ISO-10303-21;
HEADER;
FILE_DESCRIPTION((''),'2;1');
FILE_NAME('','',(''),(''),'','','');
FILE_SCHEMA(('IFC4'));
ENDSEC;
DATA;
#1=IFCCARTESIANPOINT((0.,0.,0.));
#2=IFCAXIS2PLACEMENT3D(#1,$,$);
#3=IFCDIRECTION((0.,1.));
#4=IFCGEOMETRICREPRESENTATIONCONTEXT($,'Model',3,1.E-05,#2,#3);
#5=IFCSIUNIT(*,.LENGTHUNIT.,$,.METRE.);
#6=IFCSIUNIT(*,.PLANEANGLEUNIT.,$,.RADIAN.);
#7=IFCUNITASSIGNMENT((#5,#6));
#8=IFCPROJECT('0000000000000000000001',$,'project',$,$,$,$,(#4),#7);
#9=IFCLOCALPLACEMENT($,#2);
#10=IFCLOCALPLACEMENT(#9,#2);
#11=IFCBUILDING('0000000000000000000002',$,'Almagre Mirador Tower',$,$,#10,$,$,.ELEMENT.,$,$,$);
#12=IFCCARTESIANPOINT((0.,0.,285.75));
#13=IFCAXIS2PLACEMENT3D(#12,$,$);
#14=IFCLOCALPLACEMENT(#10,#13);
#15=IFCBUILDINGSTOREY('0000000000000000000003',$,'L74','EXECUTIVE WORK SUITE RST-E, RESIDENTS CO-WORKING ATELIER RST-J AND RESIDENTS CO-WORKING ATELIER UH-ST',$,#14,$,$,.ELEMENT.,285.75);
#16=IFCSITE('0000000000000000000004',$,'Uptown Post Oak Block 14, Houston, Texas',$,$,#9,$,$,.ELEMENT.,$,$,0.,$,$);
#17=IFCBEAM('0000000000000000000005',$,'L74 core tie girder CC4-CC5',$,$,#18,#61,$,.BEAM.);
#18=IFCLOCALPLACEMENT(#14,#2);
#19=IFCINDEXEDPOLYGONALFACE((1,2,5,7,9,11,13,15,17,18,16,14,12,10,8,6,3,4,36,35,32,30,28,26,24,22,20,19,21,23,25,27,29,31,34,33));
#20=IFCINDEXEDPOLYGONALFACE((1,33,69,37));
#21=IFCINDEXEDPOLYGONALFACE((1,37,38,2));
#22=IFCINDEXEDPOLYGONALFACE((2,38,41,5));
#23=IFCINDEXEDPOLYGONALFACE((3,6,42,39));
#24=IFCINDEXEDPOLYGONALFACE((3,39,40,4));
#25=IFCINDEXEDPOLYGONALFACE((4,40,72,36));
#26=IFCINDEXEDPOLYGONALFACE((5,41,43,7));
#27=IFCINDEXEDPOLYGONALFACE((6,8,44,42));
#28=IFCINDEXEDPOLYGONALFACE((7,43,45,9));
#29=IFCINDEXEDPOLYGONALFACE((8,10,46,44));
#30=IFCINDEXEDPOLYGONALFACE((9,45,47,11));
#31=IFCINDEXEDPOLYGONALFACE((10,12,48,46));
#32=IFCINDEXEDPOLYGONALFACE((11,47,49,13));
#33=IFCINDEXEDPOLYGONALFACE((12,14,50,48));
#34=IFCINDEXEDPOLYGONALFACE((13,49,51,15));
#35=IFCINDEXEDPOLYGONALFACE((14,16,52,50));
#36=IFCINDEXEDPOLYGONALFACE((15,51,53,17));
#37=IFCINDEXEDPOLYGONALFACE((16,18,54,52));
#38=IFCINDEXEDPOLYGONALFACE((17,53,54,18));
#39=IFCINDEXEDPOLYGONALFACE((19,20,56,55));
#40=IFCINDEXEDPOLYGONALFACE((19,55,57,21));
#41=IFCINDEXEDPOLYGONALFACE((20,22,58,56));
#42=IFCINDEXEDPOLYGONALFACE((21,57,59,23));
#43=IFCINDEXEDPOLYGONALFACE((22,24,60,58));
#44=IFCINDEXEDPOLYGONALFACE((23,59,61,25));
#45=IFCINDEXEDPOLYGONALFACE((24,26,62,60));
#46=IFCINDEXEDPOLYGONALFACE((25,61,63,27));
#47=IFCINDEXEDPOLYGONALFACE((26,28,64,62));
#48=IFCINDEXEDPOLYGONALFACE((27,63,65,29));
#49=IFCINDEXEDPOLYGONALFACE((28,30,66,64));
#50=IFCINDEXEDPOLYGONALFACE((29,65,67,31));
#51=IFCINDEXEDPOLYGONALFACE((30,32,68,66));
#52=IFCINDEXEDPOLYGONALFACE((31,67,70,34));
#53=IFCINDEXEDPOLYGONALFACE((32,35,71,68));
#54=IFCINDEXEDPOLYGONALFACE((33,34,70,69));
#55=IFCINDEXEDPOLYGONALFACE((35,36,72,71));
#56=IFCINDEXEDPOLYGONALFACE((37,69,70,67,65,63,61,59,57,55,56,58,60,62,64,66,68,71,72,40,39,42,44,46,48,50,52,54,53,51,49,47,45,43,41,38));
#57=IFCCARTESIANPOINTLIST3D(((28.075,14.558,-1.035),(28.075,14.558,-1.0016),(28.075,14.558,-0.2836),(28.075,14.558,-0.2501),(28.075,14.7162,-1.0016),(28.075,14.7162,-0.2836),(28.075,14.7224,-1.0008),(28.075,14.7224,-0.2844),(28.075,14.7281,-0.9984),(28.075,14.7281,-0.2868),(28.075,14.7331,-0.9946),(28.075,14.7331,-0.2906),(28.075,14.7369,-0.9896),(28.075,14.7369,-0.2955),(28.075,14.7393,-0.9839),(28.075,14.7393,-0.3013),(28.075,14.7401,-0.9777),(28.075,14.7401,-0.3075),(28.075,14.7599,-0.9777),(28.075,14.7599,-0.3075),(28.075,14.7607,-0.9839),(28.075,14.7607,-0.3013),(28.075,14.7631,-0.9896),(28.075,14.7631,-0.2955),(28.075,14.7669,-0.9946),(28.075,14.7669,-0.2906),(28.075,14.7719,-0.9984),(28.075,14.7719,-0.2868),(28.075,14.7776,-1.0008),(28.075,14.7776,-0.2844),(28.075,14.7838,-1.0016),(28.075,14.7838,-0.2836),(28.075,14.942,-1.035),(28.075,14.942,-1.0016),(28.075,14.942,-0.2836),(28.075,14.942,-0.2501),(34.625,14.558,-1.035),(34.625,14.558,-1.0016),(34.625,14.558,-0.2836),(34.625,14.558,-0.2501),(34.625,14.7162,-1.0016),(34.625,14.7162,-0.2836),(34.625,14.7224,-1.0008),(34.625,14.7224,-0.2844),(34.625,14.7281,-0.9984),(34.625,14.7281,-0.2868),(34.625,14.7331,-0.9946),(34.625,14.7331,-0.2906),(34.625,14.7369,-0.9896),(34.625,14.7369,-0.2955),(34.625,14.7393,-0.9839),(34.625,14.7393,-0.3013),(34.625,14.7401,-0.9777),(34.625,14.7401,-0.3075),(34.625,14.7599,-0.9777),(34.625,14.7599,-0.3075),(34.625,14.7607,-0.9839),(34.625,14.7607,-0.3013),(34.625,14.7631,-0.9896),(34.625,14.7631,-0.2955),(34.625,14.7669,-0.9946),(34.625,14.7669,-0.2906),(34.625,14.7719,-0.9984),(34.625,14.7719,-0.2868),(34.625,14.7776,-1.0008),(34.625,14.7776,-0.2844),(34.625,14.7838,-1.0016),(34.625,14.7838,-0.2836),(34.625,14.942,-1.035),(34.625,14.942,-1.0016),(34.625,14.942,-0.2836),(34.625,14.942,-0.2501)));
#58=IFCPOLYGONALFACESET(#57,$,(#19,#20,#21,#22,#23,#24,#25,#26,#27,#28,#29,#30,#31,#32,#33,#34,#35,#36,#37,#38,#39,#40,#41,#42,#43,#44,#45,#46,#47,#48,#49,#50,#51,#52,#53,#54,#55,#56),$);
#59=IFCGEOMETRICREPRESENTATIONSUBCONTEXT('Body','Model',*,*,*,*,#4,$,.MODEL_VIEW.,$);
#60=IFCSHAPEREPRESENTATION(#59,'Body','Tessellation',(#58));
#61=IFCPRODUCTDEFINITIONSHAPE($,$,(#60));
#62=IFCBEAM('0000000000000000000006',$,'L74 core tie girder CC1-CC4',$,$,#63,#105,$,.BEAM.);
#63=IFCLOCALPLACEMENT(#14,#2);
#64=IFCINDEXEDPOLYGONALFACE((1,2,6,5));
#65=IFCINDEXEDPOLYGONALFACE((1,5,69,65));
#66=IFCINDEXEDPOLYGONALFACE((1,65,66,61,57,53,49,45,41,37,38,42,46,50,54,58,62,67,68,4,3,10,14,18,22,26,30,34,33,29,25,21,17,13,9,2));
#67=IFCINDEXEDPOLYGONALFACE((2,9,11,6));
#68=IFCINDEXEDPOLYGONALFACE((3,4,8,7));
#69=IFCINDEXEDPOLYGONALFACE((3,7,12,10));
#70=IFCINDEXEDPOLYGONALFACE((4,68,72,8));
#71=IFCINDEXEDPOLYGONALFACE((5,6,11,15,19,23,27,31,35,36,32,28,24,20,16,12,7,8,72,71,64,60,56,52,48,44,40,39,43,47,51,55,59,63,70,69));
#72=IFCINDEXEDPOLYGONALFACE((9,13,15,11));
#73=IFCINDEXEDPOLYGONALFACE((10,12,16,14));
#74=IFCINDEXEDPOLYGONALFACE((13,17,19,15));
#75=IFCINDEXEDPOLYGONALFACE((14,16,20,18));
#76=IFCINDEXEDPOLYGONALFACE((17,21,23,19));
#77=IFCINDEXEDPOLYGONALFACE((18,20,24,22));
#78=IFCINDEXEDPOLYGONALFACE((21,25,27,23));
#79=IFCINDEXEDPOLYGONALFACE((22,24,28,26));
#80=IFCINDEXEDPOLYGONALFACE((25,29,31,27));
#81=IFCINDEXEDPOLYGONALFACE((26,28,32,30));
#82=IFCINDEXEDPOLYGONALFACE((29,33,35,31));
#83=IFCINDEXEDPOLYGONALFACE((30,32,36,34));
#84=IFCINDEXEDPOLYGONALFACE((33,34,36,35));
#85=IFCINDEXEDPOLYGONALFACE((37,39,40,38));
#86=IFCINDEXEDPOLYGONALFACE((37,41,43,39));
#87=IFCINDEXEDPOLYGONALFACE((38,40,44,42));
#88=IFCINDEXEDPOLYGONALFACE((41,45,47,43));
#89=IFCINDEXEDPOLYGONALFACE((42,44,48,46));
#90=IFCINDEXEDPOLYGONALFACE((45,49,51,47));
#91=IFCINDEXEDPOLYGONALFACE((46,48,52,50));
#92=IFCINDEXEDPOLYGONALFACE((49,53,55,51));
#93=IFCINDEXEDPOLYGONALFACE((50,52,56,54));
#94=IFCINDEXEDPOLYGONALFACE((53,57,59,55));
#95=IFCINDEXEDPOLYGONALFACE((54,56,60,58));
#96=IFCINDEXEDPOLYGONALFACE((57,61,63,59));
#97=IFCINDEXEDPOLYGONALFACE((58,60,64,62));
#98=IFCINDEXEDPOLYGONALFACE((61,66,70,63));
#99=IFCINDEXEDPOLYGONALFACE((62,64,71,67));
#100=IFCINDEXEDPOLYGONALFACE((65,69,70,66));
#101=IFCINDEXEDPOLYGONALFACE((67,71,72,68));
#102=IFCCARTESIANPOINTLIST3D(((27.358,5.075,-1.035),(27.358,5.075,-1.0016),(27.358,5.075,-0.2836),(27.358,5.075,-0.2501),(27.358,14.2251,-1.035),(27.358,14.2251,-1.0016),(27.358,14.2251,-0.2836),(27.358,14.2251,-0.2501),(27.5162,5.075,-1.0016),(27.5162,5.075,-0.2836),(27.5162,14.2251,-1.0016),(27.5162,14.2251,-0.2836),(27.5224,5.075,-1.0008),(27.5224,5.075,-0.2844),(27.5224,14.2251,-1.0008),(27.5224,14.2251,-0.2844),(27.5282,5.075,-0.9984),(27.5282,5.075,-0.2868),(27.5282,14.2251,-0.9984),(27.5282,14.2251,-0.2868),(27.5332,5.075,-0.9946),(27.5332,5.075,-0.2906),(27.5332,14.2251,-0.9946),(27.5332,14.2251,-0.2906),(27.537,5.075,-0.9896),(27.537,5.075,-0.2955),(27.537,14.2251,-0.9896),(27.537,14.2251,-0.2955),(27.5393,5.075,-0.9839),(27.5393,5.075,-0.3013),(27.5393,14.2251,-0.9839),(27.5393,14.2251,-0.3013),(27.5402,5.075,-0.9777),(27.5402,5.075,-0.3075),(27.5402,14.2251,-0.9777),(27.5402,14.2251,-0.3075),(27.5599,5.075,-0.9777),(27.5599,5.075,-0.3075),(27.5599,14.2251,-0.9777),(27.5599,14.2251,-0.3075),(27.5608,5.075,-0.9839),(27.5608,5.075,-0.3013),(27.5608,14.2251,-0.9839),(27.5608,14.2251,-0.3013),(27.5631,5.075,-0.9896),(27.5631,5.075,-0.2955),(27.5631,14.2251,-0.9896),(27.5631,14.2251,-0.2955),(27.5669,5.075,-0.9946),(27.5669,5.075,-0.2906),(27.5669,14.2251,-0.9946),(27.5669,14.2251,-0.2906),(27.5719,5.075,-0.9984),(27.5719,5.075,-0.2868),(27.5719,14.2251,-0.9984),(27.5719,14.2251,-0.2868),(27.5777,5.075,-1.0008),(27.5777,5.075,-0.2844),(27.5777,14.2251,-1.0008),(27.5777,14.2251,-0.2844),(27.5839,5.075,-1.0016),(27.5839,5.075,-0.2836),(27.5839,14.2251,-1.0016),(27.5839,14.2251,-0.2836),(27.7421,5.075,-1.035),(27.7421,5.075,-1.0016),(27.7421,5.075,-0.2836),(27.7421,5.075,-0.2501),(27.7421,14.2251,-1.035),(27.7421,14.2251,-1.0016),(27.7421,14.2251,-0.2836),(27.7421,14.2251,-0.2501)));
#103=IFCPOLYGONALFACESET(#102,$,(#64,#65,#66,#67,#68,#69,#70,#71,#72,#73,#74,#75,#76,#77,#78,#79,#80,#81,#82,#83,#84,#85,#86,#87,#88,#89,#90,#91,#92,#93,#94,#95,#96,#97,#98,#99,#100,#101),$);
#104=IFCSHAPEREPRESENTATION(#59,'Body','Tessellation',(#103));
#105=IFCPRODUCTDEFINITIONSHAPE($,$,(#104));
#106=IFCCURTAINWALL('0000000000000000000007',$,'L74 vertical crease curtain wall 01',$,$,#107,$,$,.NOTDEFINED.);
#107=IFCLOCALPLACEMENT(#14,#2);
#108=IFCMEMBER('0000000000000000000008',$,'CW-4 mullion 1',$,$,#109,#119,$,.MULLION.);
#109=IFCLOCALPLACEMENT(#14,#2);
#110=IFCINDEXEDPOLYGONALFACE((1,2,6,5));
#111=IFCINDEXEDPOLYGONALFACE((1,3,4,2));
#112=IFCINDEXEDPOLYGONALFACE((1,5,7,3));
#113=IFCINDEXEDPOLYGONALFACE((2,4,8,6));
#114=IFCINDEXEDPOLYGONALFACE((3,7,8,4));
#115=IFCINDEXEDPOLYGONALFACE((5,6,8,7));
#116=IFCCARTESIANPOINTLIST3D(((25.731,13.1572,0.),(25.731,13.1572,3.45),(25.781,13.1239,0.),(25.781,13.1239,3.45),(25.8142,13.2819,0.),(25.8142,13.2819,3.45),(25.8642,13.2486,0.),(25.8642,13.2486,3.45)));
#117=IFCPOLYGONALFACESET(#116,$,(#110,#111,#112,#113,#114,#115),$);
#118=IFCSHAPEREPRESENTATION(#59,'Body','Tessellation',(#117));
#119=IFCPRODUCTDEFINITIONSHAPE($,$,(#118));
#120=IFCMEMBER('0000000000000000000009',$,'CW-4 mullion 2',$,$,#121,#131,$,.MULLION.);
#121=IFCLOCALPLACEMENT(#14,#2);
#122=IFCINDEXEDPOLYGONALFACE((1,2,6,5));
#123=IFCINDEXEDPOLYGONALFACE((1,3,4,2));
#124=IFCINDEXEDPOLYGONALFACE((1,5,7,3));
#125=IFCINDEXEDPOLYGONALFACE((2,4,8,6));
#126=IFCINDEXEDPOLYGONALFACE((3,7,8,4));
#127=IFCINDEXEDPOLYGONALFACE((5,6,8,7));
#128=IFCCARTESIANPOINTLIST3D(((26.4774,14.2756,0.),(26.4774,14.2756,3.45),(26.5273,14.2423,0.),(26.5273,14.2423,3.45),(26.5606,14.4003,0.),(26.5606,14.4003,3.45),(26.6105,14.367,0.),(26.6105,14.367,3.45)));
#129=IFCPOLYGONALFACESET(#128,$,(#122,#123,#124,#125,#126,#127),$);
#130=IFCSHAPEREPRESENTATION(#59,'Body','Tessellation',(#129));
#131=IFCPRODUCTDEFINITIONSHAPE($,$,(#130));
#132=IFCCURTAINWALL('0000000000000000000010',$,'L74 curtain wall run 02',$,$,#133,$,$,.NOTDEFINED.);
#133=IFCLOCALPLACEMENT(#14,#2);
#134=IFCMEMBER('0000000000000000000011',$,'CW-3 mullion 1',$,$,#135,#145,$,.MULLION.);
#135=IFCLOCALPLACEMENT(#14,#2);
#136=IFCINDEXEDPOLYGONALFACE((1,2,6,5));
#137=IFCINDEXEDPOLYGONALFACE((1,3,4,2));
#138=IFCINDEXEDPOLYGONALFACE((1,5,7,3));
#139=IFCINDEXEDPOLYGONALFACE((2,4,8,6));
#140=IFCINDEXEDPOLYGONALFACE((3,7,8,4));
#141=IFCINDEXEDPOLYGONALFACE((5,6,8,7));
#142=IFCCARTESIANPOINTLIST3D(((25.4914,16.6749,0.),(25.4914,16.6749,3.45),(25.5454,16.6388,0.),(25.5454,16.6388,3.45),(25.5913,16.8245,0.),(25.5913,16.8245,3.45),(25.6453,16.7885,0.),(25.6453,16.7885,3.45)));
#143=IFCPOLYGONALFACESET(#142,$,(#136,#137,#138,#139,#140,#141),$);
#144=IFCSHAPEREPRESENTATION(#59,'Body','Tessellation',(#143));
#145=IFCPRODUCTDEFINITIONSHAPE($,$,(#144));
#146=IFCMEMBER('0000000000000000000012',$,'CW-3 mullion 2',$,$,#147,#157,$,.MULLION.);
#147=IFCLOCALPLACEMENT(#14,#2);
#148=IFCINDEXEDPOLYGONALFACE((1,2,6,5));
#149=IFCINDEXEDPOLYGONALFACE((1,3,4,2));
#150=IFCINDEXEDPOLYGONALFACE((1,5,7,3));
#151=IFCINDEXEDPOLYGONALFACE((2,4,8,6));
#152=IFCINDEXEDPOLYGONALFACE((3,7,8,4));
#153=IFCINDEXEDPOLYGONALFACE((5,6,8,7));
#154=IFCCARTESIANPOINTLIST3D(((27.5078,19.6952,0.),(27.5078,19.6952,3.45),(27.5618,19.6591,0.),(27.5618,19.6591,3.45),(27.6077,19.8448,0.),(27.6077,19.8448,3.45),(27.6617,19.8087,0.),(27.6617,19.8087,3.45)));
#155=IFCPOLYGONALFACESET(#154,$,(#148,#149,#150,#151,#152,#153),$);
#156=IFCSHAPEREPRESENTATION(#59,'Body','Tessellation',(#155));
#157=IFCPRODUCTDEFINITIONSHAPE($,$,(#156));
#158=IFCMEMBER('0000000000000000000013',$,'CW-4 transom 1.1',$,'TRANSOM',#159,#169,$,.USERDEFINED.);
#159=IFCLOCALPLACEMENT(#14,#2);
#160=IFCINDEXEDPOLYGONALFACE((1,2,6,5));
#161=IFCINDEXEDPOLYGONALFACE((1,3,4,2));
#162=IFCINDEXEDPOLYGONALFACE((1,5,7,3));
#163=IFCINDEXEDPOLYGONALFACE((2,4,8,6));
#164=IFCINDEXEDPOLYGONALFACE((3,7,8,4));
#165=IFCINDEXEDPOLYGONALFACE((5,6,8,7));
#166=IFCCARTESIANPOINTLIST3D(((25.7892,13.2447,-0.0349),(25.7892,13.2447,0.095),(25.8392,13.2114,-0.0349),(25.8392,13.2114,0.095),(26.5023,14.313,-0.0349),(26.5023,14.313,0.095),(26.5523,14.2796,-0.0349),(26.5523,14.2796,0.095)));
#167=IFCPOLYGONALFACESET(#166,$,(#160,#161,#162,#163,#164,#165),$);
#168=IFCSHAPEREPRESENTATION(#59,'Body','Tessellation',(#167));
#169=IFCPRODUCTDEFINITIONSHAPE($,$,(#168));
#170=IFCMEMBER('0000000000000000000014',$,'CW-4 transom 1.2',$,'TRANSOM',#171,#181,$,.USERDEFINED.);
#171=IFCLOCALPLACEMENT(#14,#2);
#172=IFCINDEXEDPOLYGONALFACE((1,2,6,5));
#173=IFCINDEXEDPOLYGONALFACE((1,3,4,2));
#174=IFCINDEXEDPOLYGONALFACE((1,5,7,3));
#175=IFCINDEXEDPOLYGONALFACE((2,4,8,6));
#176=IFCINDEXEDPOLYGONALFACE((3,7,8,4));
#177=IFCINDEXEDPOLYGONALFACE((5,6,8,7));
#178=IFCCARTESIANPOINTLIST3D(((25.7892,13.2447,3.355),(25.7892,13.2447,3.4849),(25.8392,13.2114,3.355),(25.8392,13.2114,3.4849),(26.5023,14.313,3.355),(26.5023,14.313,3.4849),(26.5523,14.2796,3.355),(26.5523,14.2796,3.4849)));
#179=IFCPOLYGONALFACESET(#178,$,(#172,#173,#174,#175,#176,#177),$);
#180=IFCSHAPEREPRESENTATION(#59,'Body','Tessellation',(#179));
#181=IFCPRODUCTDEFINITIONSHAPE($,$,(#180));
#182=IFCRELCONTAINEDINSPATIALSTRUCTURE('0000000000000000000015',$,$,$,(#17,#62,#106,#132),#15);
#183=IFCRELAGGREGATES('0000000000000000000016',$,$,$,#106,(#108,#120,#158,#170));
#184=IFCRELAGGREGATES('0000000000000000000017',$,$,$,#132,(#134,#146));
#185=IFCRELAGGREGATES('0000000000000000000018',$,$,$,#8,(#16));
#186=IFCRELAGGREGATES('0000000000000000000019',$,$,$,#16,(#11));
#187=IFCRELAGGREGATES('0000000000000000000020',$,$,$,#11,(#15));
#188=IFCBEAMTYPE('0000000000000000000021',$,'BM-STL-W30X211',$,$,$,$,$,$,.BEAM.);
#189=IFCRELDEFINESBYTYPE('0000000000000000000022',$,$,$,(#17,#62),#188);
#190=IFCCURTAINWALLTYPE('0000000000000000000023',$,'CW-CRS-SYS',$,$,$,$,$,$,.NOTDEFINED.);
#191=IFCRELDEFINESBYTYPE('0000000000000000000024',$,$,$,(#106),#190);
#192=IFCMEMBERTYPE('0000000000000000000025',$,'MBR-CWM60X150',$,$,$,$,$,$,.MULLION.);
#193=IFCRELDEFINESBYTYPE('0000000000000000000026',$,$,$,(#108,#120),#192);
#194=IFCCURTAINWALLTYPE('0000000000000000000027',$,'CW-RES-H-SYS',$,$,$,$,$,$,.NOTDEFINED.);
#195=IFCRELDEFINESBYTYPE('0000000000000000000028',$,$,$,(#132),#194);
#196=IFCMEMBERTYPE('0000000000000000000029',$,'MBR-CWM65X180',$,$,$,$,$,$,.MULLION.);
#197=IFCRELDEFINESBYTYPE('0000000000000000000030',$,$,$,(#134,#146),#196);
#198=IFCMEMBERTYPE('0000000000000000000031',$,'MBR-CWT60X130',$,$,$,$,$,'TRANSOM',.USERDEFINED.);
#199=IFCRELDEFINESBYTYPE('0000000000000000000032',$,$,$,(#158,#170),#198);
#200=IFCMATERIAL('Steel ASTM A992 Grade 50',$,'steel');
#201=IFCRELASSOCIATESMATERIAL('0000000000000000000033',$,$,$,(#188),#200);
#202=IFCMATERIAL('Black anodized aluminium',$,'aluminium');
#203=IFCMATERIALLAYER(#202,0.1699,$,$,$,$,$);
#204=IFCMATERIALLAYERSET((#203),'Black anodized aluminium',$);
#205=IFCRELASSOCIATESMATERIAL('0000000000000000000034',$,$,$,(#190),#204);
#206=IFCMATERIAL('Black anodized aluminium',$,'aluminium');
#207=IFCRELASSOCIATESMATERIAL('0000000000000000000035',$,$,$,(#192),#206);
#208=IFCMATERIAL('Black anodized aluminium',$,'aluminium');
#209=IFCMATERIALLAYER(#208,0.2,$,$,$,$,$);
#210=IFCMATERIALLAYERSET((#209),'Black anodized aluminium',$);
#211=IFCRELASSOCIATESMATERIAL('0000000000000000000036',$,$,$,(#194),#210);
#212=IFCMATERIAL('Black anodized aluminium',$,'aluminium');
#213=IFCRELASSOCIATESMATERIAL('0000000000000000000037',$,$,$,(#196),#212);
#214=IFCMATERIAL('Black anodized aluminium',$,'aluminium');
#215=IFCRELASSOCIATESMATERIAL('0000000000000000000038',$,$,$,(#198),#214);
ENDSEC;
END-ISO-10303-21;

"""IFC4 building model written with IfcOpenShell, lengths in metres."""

from ifc_helpers import new_model, si_unit, direction, frame, origin, origin_2d, place, context, subcontext, project, spatial, rectangle, i_section, extrude, material, layer, layer_set, material_profile, profile_set, type_object, element, aggregate, save


model = new_model("IFC4")

# Units and contexts
model_context = context("Model", 3, precision=1e-05, world=origin(), true_north=direction((0.0, 1.0)))
body_context = subcontext(model_context, "Body", "Model", "MODEL_VIEW")
ifc_project = project(units=[si_unit("LENGTHUNIT", "METRE"), si_unit("PLANEANGLEUNIT", "RADIAN")], contexts=[model_context])

# Site, building, storey
site_placement = place(None, origin())
site = spatial("IfcSite", under=ifc_project, at=site_placement, Name="Uptown Post Oak Block 14, Houston, Texas", CompositionType="ELEMENT", RefElevation=0.0)
building_placement = place(site_placement, origin())
building = spatial("IfcBuilding", under=site, at=building_placement, Name="Almagre Mirador Tower", CompositionType="ELEMENT")
storey_placement = place(building_placement, frame((0.0, 0.0, 285.75)))
storey = spatial("IfcBuildingStorey", under=building, at=storey_placement, Name="L74", Description="EXECUTIVE WORK SUITE RST-E, RESIDENTS CO-WORKING ATELIER RST-J AND RESIDENTS CO-WORKING ATELIER UH-ST", CompositionType="ELEMENT", Elevation=285.75)

# Beams
ifc_material_1 = material(Name="Steel ASTM A992 Grade 50", Category="steel")
ifc_material_profile_1 = material_profile(ifc_material_1, i_section(OverallWidth=0.384, OverallDepth=0.7849, WebThickness=0.0198, FlangeThickness=0.0334, FilletRadius=0.0239, at=origin_2d()), Name="W30X211")
ifc_profile_set_1 = profile_set([ifc_material_profile_1], Name="Steel ASTM A992 Grade 50")
beam_type_1 = type_object("IfcBeamType", Name="BM-STL-W30X211", PredefinedType="BEAM", material=ifc_profile_set_1)
for number, where, z_axis, x_axis, name in (
    (1, (28.075, 14.75, -0.6426), (1.0, 0.0, 0.0), (0.0, 1.0, 0.0), "L74 core tie girder CC4-CC5"),
):
    element("IfcBeam", number, at=place(storey_placement, frame(where, z_axis=z_axis, x_axis=x_axis)), inside=storey, type_object=beam_type_1, Name=name, PredefinedType="BEAM", context=body_context, shape_type="SweptSolid", body=[
        extrude(i_section(OverallWidth=0.384, OverallDepth=0.7849, WebThickness=0.0198, FlangeThickness=0.0334, FilletRadius=0.0239, at=origin_2d()), origin(), (0.0, 0.0, 1.0), 6.55),
    ])
beam_1_placement = place(storey_placement, frame((27.55, 5.075, -0.6426), z_axis=(0.0, 1.0, 0.0), x_axis=(-1.0, 0.0, 0.0)))
element("IfcBeam", 2, at=beam_1_placement, inside=storey, type_object=beam_type_1, Name="L74 core tie girder CC1-CC4", PredefinedType="BEAM", context=body_context, shape_type="SweptSolid", body=[
    extrude(i_section(OverallWidth=0.384, OverallDepth=0.7849, WebThickness=0.0198, FlangeThickness=0.0334, FilletRadius=0.0239, at=origin_2d()), origin(), (0.0, 0.0, 1.0), 9.1501),
])

# Curtain walls, members
ifc_material_2 = material(Name="Black anodized aluminium", Category="aluminium")
ifc_layer_1 = layer(ifc_material_2, 0.1699)
ifc_layer_set_1 = layer_set([ifc_layer_1], Name="Black anodized aluminium")
curtain_wall_type_1 = type_object("IfcCurtainWallType", Name="CW-CRS-SYS", PredefinedType="NOTDEFINED", material=ifc_layer_set_1)
curtain_wall_1_placement = place(storey_placement, origin())
curtain_wall_1 = element("IfcCurtainWall", 3, at=curtain_wall_1_placement, inside=storey, type_object=curtain_wall_type_1, Name="L74 vertical crease curtain wall 01", PredefinedType="NOTDEFINED")
ifc_material_3 = material(Name="Black anodized aluminium", Category="aluminium")
ifc_material_profile_2 = material_profile(ifc_material_3, rectangle(XDim=0.0601, YDim=0.1499, at=origin_2d()), Name="CWM60X150")
ifc_profile_set_2 = profile_set([ifc_material_profile_2], Name="Black anodized aluminium")
member_type_1 = type_object("IfcMemberType", Name="MBR-CWM60X150", PredefinedType="MULLION", material=ifc_profile_set_2)
member_1_placement = place(storey_placement, frame((25.7976, 13.2029, 0.0), z_axis=(0.0, 0.0, 1.0), x_axis=(-0.831776, 0.555111, 0.0)))
member_1 = element("IfcMember", 4, at=member_1_placement, type_object=member_type_1, Name="CW-4 mullion 1", PredefinedType="MULLION", context=body_context, shape_type="SweptSolid", body=[
    extrude(rectangle(XDim=0.0601, YDim=0.1499, at=origin_2d()), origin(), (0.0, 0.0, 1.0), 3.45),
])
member_2_placement = place(storey_placement, frame((26.5439, 14.3213, 0.0), z_axis=(0.0, 0.0, 1.0), x_axis=(-0.831776, 0.555111, 0.0)))
member_2 = element("IfcMember", 5, at=member_2_placement, type_object=member_type_1, Name="CW-4 mullion 2", PredefinedType="MULLION", context=body_context, shape_type="SweptSolid", body=[
    extrude(rectangle(XDim=0.0601, YDim=0.1499, at=origin_2d()), origin(), (0.0, 0.0, 1.0), 3.45),
])
ifc_material_4 = material(Name="Black anodized aluminium", Category="aluminium")
ifc_layer_2 = layer(ifc_material_4, 0.2)
ifc_layer_set_2 = layer_set([ifc_layer_2], Name="Black anodized aluminium")
curtain_wall_type_2 = type_object("IfcCurtainWallType", Name="CW-RES-H-SYS", PredefinedType="NOTDEFINED", material=ifc_layer_set_2)
curtain_wall_2_placement = place(storey_placement, origin())
curtain_wall_2 = element("IfcCurtainWall", 6, at=curtain_wall_2_placement, inside=storey, type_object=curtain_wall_type_2, Name="L74 curtain wall run 02", PredefinedType="NOTDEFINED")
ifc_material_5 = material(Name="Black anodized aluminium", Category="aluminium")
ifc_material_profile_3 = material_profile(ifc_material_5, rectangle(XDim=0.0649, YDim=0.1799, at=origin_2d()), Name="CWM65X180")
ifc_profile_set_3 = profile_set([ifc_material_profile_3], Name="Black anodized aluminium")
member_type_2 = type_object("IfcMemberType", Name="MBR-CWM65X180", PredefinedType="MULLION", material=ifc_profile_set_3)
member_3_placement = place(storey_placement, frame((25.5684, 16.7317, 0.0), z_axis=(0.0, 0.0, 1.0), x_axis=(-0.831702, 0.555223, 0.0)))
member_3 = element("IfcMember", 7, at=member_3_placement, type_object=member_type_2, Name="CW-3 mullion 1", PredefinedType="MULLION", context=body_context, shape_type="SweptSolid", body=[
    extrude(rectangle(XDim=0.0649, YDim=0.1799, at=origin_2d()), origin(), (0.0, 0.0, 1.0), 3.45),
])
member_4_placement = place(storey_placement, frame((27.5847, 19.752, 0.0), z_axis=(0.0, 0.0, 1.0), x_axis=(-0.831702, 0.555223, 0.0)))
member_4 = element("IfcMember", 8, at=member_4_placement, type_object=member_type_2, Name="CW-3 mullion 2", PredefinedType="MULLION", context=body_context, shape_type="SweptSolid", body=[
    extrude(rectangle(XDim=0.0649, YDim=0.1799, at=origin_2d()), origin(), (0.0, 0.0, 1.0), 3.45),
])

# Members
ifc_material_6 = material(Name="Black anodized aluminium", Category="aluminium")
ifc_material_profile_4 = material_profile(ifc_material_6, rectangle(XDim=0.0601, YDim=0.1299, at=origin_2d()), Name="CWT60X130")
ifc_profile_set_4 = profile_set([ifc_material_profile_4], Name="Black anodized aluminium")
member_type_3 = type_object("IfcMemberType", Name="MBR-CWT60X130", ElementType="TRANSOM", PredefinedType="USERDEFINED", material=ifc_profile_set_4)
member_5_placement = place(storey_placement, frame((25.8142, 13.228, 0.03), z_axis=(0.555183, 0.831729, 0.0), x_axis=(-0.831729, 0.555183, 0.0)))
member_5 = element("IfcMember", 9, at=member_5_placement, type_object=member_type_3, Name="CW-4 transom 1.1", ObjectType="TRANSOM", PredefinedType="USERDEFINED", context=body_context, shape_type="SweptSolid", body=[
    extrude(rectangle(XDim=0.0601, YDim=0.1299, at=origin_2d()), origin(), (0.0, 0.0, 1.0), 1.2844),
])
member_6_placement = place(storey_placement, frame((25.8142, 13.228, 3.4199), z_axis=(0.555183, 0.831729, 0.0), x_axis=(-0.831729, 0.555183, 0.0)))
member_6 = element("IfcMember", 10, at=member_6_placement, type_object=member_type_3, Name="CW-4 transom 1.2", ObjectType="TRANSOM", PredefinedType="USERDEFINED", context=body_context, shape_type="SweptSolid", body=[
    extrude(rectangle(XDim=0.0601, YDim=0.1299, at=origin_2d()), origin(), (0.0, 0.0, 1.0), 1.2844),
])

aggregate(curtain_wall_1, [member_1, member_2, member_5, member_6])
aggregate(curtain_wall_2, [member_3, member_4])

save(model, "model.ifc")
